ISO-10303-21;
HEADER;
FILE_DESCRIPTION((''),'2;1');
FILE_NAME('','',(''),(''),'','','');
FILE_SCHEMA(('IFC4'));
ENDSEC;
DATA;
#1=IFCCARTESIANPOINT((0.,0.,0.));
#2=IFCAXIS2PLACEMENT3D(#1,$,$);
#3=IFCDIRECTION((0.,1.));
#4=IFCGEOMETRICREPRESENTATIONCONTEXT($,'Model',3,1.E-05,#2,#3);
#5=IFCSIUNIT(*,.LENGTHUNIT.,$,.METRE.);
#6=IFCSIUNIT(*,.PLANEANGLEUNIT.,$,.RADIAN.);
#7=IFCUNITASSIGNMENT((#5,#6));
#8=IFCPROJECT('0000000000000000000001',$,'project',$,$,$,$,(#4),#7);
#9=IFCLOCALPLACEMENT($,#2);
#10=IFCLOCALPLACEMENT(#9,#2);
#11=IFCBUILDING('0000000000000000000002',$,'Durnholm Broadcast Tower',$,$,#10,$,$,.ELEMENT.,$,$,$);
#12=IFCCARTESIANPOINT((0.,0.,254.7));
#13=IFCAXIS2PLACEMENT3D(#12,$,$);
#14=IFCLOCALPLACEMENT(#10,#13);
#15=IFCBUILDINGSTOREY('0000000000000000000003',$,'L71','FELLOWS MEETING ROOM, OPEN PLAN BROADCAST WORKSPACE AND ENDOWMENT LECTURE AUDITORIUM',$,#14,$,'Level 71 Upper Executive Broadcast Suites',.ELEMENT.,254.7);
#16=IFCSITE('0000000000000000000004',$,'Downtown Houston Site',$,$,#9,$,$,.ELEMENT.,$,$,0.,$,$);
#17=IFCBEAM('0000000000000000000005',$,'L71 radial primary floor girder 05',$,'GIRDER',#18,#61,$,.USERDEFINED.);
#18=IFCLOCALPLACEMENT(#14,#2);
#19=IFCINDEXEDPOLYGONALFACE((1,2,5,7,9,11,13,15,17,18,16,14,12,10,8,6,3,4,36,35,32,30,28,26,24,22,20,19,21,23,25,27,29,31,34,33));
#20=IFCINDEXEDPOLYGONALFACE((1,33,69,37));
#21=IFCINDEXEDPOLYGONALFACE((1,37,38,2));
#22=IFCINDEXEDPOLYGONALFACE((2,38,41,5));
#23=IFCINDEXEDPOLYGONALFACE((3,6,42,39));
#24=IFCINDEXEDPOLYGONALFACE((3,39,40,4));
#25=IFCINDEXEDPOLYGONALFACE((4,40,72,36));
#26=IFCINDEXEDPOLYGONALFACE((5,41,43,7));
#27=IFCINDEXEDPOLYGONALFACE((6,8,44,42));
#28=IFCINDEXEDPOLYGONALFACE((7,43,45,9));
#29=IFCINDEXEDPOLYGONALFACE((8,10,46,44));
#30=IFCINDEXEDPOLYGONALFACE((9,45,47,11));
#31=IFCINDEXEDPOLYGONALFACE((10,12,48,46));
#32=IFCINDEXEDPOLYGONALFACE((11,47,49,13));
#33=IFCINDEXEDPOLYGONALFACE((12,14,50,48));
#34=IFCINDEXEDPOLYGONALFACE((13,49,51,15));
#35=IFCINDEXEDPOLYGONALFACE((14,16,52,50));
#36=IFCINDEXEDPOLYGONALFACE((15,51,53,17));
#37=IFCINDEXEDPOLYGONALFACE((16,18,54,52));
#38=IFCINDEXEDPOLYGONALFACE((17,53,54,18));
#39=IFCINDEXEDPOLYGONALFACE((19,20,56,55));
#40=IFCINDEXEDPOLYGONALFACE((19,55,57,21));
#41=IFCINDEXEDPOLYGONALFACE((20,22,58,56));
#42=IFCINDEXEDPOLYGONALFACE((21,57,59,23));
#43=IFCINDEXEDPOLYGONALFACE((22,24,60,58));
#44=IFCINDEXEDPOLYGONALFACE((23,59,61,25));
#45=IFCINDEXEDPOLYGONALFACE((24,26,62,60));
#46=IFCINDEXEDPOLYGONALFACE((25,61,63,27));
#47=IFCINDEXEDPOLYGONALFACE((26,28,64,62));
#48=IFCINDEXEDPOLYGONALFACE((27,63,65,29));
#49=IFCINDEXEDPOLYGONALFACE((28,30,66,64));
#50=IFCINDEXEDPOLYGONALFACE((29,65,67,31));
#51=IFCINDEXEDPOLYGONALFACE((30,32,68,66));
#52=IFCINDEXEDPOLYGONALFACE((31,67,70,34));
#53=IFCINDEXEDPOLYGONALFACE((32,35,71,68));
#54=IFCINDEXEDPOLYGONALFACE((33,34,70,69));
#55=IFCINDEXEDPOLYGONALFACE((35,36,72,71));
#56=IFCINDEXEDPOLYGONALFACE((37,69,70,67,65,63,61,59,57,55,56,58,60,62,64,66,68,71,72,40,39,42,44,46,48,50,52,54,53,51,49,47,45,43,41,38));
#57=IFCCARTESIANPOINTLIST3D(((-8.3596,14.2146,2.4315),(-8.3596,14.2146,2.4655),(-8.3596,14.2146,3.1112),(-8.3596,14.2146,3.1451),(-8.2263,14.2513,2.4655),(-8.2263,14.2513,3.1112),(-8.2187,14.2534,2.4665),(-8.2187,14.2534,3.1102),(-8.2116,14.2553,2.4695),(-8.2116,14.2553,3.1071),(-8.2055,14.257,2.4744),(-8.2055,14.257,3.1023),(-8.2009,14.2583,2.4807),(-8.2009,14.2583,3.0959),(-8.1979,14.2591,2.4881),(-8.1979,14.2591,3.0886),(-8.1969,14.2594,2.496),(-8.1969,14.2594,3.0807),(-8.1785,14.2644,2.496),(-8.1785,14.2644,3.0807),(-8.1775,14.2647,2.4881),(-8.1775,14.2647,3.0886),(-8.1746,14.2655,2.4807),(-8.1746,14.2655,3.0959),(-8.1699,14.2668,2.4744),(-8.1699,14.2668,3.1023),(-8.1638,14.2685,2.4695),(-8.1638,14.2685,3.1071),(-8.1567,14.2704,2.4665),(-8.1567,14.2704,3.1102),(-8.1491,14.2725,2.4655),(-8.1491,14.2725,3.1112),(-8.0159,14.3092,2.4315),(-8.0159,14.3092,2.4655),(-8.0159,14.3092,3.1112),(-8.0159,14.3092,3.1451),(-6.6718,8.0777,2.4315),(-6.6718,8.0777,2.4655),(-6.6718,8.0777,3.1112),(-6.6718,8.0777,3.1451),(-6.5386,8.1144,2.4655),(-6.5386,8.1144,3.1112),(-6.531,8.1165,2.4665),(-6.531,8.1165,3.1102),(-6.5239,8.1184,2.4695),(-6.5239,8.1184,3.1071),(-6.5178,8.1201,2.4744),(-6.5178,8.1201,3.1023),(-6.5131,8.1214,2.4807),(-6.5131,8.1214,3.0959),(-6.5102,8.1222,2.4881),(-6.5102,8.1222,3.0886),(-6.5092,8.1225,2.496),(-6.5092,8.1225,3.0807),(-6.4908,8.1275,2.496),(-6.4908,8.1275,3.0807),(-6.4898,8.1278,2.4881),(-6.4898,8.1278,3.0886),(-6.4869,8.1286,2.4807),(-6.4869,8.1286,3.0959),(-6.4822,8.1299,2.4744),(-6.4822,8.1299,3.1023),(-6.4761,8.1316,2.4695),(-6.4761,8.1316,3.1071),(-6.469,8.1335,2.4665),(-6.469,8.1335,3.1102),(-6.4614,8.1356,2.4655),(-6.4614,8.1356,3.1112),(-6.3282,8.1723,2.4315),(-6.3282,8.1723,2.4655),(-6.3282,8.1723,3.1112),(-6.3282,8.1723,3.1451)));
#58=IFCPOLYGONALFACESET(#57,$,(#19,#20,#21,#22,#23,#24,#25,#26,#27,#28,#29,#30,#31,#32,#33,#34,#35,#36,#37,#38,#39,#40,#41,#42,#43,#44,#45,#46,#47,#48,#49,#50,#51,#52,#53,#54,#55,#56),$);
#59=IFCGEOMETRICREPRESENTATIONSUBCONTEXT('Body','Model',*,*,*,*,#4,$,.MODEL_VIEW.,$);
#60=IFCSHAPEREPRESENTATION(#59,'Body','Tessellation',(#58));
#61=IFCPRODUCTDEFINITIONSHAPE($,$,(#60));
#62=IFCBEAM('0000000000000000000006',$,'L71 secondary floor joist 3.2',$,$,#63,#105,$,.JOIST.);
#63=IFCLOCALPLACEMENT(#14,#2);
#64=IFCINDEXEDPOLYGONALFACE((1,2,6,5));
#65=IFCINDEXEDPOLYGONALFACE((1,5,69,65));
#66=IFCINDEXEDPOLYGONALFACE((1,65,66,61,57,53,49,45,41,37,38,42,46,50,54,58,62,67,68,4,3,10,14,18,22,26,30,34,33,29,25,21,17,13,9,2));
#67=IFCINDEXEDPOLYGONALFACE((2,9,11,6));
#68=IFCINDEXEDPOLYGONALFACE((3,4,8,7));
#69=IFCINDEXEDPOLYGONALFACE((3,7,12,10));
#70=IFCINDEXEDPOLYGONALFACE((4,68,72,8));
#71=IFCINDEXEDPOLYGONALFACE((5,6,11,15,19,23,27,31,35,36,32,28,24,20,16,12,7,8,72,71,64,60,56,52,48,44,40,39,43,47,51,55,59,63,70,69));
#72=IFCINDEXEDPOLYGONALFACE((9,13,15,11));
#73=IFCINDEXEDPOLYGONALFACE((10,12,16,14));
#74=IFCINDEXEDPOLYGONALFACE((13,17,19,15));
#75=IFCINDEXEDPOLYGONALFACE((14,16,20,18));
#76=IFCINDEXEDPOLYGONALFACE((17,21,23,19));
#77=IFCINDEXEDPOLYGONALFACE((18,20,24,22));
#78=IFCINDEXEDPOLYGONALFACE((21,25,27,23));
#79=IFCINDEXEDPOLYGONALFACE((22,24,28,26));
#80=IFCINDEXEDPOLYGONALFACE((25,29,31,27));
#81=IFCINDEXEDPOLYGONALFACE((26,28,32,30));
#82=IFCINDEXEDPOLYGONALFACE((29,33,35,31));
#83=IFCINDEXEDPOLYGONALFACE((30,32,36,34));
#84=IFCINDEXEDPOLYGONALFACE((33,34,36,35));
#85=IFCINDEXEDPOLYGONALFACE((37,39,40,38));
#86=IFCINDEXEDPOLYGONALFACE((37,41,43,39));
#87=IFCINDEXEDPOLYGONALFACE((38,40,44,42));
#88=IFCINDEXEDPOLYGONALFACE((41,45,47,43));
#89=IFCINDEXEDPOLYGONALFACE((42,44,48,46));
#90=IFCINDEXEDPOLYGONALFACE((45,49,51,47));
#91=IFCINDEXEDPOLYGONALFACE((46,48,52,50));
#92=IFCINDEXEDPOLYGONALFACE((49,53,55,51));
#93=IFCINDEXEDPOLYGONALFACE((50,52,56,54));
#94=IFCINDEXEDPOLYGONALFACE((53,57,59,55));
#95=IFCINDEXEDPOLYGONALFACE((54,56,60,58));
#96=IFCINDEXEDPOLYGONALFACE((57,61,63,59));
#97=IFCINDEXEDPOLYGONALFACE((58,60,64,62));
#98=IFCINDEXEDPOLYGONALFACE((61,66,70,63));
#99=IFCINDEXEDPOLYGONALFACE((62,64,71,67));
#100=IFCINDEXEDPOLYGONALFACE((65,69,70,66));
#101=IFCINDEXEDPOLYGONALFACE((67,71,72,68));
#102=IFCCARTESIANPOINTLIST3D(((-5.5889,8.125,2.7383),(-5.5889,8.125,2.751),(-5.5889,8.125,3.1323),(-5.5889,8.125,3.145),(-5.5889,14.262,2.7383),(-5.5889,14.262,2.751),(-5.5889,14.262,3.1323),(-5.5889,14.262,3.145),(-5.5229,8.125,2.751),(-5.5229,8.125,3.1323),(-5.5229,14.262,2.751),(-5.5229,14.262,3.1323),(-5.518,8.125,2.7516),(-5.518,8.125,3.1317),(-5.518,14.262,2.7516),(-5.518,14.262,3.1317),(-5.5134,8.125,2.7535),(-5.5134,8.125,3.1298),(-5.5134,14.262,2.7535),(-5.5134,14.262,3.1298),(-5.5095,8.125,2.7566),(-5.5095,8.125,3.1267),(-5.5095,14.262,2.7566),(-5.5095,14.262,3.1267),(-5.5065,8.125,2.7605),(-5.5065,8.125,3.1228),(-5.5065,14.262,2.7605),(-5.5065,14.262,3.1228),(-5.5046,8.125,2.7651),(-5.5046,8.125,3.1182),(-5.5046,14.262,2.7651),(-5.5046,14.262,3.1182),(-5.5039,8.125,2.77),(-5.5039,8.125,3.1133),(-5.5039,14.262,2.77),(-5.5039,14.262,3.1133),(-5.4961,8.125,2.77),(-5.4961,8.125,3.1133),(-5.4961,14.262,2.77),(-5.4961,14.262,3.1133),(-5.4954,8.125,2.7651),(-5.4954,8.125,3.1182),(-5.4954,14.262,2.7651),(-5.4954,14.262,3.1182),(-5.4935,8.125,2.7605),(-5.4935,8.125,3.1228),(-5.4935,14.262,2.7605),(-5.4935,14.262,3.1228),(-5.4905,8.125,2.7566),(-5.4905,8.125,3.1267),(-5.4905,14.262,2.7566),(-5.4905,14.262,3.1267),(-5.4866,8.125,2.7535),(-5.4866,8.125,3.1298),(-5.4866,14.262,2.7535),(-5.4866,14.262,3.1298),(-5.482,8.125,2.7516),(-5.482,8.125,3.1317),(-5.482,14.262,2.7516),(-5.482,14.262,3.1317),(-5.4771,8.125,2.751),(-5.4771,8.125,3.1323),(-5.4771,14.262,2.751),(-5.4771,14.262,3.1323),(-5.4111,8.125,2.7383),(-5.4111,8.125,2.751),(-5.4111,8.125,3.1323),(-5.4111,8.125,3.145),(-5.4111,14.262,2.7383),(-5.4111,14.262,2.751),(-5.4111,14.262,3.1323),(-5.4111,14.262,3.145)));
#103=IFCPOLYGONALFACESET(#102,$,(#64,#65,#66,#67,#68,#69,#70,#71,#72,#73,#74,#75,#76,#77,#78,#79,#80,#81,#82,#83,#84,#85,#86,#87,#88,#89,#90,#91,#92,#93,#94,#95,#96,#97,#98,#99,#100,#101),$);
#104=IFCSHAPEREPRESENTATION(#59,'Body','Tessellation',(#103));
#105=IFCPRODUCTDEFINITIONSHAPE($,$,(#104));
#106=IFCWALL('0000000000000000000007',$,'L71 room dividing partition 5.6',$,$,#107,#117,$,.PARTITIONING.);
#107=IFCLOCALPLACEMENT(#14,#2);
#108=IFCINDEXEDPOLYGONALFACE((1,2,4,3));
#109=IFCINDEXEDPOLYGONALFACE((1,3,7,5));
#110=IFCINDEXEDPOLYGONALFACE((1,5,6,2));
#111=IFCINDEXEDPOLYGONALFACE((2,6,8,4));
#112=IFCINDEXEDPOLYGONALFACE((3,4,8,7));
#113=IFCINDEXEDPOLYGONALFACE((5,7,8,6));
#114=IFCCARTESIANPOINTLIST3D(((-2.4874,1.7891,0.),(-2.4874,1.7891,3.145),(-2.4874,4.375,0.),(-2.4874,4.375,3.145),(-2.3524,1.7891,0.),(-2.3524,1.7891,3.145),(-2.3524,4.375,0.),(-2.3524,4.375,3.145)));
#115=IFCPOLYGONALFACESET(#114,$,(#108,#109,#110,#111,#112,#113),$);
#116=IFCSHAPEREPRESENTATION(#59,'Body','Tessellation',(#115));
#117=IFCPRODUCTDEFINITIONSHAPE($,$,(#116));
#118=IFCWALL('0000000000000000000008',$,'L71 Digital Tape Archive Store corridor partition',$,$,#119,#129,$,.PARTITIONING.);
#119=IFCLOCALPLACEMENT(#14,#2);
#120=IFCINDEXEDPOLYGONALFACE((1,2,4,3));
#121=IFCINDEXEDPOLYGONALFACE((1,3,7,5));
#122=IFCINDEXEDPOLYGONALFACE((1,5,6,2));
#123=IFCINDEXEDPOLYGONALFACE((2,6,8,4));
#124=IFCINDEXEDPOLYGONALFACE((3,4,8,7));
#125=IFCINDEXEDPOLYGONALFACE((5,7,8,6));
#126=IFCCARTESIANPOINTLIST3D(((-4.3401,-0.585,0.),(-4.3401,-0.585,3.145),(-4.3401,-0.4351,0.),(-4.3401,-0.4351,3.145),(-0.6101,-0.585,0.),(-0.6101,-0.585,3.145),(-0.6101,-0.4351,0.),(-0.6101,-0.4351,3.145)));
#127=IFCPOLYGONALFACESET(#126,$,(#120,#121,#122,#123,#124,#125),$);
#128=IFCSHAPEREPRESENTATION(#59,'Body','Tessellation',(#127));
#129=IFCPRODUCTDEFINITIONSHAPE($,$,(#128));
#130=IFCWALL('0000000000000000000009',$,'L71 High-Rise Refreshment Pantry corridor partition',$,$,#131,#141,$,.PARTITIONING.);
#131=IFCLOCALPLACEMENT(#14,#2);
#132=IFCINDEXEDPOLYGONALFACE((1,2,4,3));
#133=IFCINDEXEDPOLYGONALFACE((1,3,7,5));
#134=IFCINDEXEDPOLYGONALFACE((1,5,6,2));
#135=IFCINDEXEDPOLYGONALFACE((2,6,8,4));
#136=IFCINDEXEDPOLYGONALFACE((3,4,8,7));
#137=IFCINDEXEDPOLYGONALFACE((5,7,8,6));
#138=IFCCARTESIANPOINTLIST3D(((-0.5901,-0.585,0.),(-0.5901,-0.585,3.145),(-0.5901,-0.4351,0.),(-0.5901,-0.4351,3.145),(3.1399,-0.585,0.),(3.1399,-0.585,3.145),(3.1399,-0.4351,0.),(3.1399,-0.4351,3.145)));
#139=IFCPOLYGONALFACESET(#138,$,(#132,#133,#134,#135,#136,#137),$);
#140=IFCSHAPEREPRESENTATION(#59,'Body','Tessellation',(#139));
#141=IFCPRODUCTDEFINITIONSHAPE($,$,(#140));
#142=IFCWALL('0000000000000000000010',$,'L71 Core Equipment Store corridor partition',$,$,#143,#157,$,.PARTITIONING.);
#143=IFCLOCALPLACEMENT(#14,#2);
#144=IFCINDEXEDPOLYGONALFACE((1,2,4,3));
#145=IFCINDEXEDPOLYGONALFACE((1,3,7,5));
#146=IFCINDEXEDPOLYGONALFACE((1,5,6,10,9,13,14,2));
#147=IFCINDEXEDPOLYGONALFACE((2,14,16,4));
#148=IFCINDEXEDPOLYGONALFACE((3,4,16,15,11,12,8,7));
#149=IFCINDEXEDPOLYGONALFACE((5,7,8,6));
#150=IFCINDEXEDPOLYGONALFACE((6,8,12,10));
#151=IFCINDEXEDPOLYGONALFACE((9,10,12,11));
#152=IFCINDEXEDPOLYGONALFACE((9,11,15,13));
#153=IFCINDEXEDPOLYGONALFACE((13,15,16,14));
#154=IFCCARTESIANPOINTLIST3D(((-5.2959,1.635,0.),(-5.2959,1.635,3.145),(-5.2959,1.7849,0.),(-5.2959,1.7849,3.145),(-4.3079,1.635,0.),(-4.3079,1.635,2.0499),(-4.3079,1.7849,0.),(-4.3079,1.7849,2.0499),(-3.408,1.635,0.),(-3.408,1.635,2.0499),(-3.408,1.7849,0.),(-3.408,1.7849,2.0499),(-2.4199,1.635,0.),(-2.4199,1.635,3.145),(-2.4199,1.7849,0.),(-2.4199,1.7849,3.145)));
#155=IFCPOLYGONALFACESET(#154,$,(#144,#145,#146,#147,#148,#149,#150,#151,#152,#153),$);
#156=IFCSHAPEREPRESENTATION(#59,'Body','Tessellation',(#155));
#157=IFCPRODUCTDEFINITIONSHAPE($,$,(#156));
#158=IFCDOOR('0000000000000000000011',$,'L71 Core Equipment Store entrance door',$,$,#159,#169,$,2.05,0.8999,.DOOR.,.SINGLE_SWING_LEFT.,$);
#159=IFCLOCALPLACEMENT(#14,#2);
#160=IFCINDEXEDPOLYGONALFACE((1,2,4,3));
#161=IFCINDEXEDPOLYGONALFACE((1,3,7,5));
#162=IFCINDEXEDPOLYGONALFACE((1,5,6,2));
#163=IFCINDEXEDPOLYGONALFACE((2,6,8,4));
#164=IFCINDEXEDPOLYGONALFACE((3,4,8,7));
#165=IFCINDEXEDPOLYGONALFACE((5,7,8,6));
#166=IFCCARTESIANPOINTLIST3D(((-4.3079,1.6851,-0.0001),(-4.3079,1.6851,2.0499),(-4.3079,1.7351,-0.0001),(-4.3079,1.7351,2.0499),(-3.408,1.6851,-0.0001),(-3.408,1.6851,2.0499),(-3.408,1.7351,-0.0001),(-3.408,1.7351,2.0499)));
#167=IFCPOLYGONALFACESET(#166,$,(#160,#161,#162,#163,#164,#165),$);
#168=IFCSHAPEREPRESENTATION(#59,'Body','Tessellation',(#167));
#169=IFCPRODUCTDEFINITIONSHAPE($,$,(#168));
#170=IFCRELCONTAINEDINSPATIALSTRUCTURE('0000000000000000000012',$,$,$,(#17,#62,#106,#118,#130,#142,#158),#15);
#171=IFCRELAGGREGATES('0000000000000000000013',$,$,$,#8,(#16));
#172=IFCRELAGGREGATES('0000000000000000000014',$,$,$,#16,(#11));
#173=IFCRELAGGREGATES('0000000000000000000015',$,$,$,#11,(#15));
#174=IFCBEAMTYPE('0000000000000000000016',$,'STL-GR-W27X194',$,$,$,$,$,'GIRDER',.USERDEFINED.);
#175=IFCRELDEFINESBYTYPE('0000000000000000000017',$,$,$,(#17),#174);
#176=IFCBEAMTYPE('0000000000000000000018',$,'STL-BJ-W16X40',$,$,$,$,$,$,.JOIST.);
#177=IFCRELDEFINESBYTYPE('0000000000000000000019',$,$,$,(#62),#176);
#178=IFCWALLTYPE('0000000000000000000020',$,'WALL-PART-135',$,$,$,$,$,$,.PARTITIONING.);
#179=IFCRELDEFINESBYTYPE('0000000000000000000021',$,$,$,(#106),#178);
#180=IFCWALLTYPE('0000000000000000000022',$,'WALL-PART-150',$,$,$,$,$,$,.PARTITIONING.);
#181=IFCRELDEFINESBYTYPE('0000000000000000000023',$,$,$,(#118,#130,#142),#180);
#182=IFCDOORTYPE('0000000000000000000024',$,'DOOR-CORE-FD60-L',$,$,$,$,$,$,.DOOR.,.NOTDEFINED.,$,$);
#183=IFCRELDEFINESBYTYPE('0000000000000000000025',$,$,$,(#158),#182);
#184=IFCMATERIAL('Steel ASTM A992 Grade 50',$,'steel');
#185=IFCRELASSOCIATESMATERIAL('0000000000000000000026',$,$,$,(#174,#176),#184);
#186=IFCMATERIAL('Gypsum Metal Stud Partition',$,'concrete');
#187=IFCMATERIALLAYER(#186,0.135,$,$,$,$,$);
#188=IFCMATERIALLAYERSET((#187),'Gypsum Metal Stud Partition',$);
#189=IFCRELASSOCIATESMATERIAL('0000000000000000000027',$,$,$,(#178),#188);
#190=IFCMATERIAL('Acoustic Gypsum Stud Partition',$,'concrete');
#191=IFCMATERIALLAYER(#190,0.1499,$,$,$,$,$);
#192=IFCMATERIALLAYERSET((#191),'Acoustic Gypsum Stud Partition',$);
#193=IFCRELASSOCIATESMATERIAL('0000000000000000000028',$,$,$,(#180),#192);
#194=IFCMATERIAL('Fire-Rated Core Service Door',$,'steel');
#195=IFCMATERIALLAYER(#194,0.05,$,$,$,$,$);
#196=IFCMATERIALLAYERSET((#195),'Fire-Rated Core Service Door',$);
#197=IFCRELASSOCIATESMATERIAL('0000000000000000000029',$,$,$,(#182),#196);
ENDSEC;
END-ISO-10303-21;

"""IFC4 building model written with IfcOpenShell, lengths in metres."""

from ifc_helpers import new_model, si_unit, direction, frame, frame_2d, origin, origin_2d, place, context, subcontext, project, spatial, rectangle, i_section, extrude, source, transform, mapped, material, layer, layer_set, material_profile, profile_set, type_object, type_shapes, element, fill, save


model = new_model("IFC4")

# Units and contexts
model_context = context("Model", 3, precision=1e-05, world=origin(), true_north=direction((0.0, 1.0)))
body_context = subcontext(model_context, "Body", "Model", "MODEL_VIEW")
ifc_project = project(units=[si_unit("LENGTHUNIT", "METRE"), si_unit("PLANEANGLEUNIT", "RADIAN")], contexts=[model_context])

# Site, building, storey
site_placement = place(None, origin())
site = spatial("IfcSite", under=ifc_project, at=site_placement, Name="Downtown Houston Site", CompositionType="ELEMENT", RefElevation=0.0)
building_placement = place(site_placement, origin())
building = spatial("IfcBuilding", under=site, at=building_placement, Name="Durnholm Broadcast Tower", CompositionType="ELEMENT")
storey_placement = place(building_placement, frame((0.0, 0.0, 254.7)))
storey = spatial("IfcBuildingStorey", under=building, at=storey_placement, Name="L71", Description="FELLOWS MEETING ROOM, OPEN PLAN BROADCAST WORKSPACE AND ENDOWMENT LECTURE AUDITORIUM", LongName="Level 71 Upper Executive Broadcast Suites", CompositionType="ELEMENT", Elevation=254.7)

# Beams
ifc_material_1 = material(Name="Steel ASTM A992 Grade 50", Category="steel")
ifc_material_profile_1 = material_profile(ifc_material_1, i_section(OverallWidth=0.3564, OverallDepth=0.7136, WebThickness=0.019, FlangeThickness=0.0339, FilletRadius=0.0305, at=origin_2d()), Name="W27X194")
ifc_profile_set_1 = profile_set([ifc_material_profile_1], Name="Steel ASTM A992 Grade 50")
beam_type_1 = type_object("IfcBeamType", Name="STL-GR-W27X194", ElementType="GIRDER", PredefinedType="USERDEFINED", material=ifc_profile_set_1)
shared_shape_1 = source(origin(), body_context, "Body", "SweptSolid", [
    extrude(i_section(OverallWidth=0.3564, OverallDepth=0.7136, WebThickness=0.019, FlangeThickness=0.0339, FilletRadius=0.0305, at=origin_2d()), origin(), (0.0, 0.0, 1.0), 6.3647),
])
type_shapes(beam_type_1, [shared_shape_1])
beam_1_placement = place(storey_placement, frame((-6.5, 8.125, 2.7883), z_axis=(-0.265168, 0.964202, 0.0), x_axis=(-0.964202, -0.265168, 0.0)))
element("IfcBeam", 1, at=beam_1_placement, inside=storey, type_object=beam_type_1, Name="L71 radial primary floor girder 05", ObjectType="GIRDER", PredefinedType="USERDEFINED", context=body_context, shape_type="MappedRepresentation", body=[
    mapped(shared_shape_1, transform((0.0, 0.0, 0.0), x_axis=(1.0, 0.0, 0.0), y_axis=(0.0, 1.0, 0.0), z_axis=(0.0, 0.0, 1.0), scale=1.0)),
])
ifc_material_profile_2 = material_profile(ifc_material_1, i_section(OverallWidth=0.1777, OverallDepth=0.4067, WebThickness=0.0078, FlangeThickness=0.0127, FilletRadius=0.019, at=origin_2d()), Name="W16X40")
ifc_profile_set_2 = profile_set([ifc_material_profile_2], Name="Steel ASTM A992 Grade 50")
beam_type_2 = type_object("IfcBeamType", Name="STL-BJ-W16X40", PredefinedType="JOIST", material=ifc_profile_set_2)
shared_shape_2 = source(origin(), body_context, "Body", "SweptSolid", [
    extrude(i_section(OverallWidth=0.1777, OverallDepth=0.4067, WebThickness=0.0078, FlangeThickness=0.0127, FilletRadius=0.019, at=origin_2d()), origin(), (0.0, 0.0, 1.0), 6.137),
])
type_shapes(beam_type_2, [shared_shape_2])
beam_2_placement = place(storey_placement, frame((-5.5, 8.125, 2.9417), z_axis=(0.0, 1.0, 0.0), x_axis=(-1.0, 0.0, 0.0)))
element("IfcBeam", 2, at=beam_2_placement, inside=storey, type_object=beam_type_2, Name="L71 secondary floor joist 3.2", PredefinedType="JOIST", context=body_context, shape_type="MappedRepresentation", body=[
    mapped(shared_shape_2, transform((0.0, 0.0, 0.0), x_axis=(1.0, 0.0, 0.0), y_axis=(0.0, 1.0, 0.0), z_axis=(0.0, 0.0, 1.0), scale=1.0)),
])

# Walls
ifc_material_2 = material(Name="Gypsum Metal Stud Partition", Category="concrete")
ifc_layer_1 = layer(ifc_material_2, 0.135)
ifc_layer_set_1 = layer_set([ifc_layer_1], Name="Gypsum Metal Stud Partition")
wall_type_1 = type_object("IfcWallType", Name="WALL-PART-135", PredefinedType="PARTITIONING", material=ifc_layer_set_1)
wall_1_placement = place(storey_placement, frame((-2.4199, 4.375, 0.0), z_axis=(0.0, 0.0, 1.0), x_axis=(0.0, -1.0, 0.0)))
element("IfcWall", 3, at=wall_1_placement, inside=storey, type_object=wall_type_1, Name="L71 room dividing partition 5.6", PredefinedType="PARTITIONING", context=body_context, shape_type="SweptSolid", body=[
    extrude(rectangle(XDim=2.5859, YDim=0.135, at=frame_2d((1.293, 0.0))), origin(), (0.0, 0.0, 1.0), 3.145),
])
ifc_material_3 = material(Name="Acoustic Gypsum Stud Partition", Category="concrete")
ifc_layer_2 = layer(ifc_material_3, 0.1499)
ifc_layer_set_2 = layer_set([ifc_layer_2], Name="Acoustic Gypsum Stud Partition")
wall_type_2 = type_object("IfcWallType", Name="WALL-PART-150", PredefinedType="PARTITIONING", material=ifc_layer_set_2)
for number, where, z_axis, x_axis, name in (
    (4, (-4.3401, -0.51, 0.0), (0.0, 0.0, 1.0), (1.0, 0.0, 0.0), "L71 Digital Tape Archive Store corridor partition"),
    (5, (-0.5901, -0.51, 0.0), (0.0, 0.0, 1.0), (1.0, 0.0, 0.0), "L71 High-Rise Refreshment Pantry corridor partition"),
):
    element("IfcWall", number, at=place(storey_placement, frame(where, z_axis=z_axis, x_axis=x_axis)), inside=storey, type_object=wall_type_2, Name=name, PredefinedType="PARTITIONING", context=body_context, shape_type="SweptSolid", body=[
        extrude(rectangle(XDim=3.73, YDim=0.1499, at=frame_2d((1.865, 0.0))), origin(), (0.0, 0.0, 1.0), 3.145),
    ])

# Wall, opening, door
wall_2_placement = place(storey_placement, frame((-2.4199, 1.71, 0.0), z_axis=(0.0, 0.0, 1.0), x_axis=(-1.0, 0.0, 0.0)))
wall_2 = element("IfcWall", 6, at=wall_2_placement, inside=storey, type_object=wall_type_2, Name="L71 Core Equipment Store corridor partition", PredefinedType="PARTITIONING", context=body_context, shape_type="SweptSolid", body=[
    extrude(rectangle(XDim=2.876, YDim=0.1499, at=frame_2d((1.438, 0.0))), origin(), (0.0, 0.0, 1.0), 3.145),
])
opening_1_placement = place(wall_2_placement, frame((0.988, 0.0, 0.0)))
opening_1 = element("IfcOpeningElement", 7, at=opening_1_placement, cuts=wall_2, PredefinedType="OPENING", context=body_context, shape_type="SweptSolid", body=[
    extrude(rectangle(XDim=0.8999, YDim=2.05, at=frame_2d((0.45, 1.0249))), frame((0.0, 0.085, 0.0), z_axis=(0.0, -1.0, 0.0), x_axis=(1.0, 0.0, 0.0)), (0.0, 0.0, 1.0), 0.1699),
])
ifc_material_4 = material(Name="Fire-Rated Core Service Door", Category="steel")
ifc_layer_3 = layer(ifc_material_4, 0.05)
ifc_layer_set_3 = layer_set([ifc_layer_3], Name="Fire-Rated Core Service Door")
door_type_1 = type_object("IfcDoorType", Name="DOOR-CORE-FD60-L", OperationType="NOTDEFINED", PredefinedType="DOOR", material=ifc_layer_set_3)
shared_shape_3 = source(origin(), body_context, "Body", "SweptSolid", [
    extrude(rectangle(XDim=0.8999, YDim=2.05, at=frame_2d((0.45, 1.0249))), frame((0.0, 0.0249, 0.0), z_axis=(0.0, -1.0, 0.0), x_axis=(1.0, 0.0, 0.0)), (0.0, 0.0, 1.0), 0.05),
])
type_shapes(door_type_1, [shared_shape_3])
door_1_placement = place(opening_1_placement, origin())
door_1 = element("IfcDoor", 8, at=door_1_placement, inside=storey, type_object=door_type_1, Name="L71 Core Equipment Store entrance door", OperationType="SINGLE_SWING_LEFT", OverallHeight=2.05, OverallWidth=0.8999, PredefinedType="DOOR", context=body_context, shape_type="MappedRepresentation", body=[
    mapped(shared_shape_3, transform((0.0, 0.0, 0.0), x_axis=(1.0, 0.0, 0.0), y_axis=(0.0, 1.0, 0.0), z_axis=(0.0, 0.0, 1.0), scale=1.0)),
])
fill(opening_1, door_1)

save(model, "model.ifc")
